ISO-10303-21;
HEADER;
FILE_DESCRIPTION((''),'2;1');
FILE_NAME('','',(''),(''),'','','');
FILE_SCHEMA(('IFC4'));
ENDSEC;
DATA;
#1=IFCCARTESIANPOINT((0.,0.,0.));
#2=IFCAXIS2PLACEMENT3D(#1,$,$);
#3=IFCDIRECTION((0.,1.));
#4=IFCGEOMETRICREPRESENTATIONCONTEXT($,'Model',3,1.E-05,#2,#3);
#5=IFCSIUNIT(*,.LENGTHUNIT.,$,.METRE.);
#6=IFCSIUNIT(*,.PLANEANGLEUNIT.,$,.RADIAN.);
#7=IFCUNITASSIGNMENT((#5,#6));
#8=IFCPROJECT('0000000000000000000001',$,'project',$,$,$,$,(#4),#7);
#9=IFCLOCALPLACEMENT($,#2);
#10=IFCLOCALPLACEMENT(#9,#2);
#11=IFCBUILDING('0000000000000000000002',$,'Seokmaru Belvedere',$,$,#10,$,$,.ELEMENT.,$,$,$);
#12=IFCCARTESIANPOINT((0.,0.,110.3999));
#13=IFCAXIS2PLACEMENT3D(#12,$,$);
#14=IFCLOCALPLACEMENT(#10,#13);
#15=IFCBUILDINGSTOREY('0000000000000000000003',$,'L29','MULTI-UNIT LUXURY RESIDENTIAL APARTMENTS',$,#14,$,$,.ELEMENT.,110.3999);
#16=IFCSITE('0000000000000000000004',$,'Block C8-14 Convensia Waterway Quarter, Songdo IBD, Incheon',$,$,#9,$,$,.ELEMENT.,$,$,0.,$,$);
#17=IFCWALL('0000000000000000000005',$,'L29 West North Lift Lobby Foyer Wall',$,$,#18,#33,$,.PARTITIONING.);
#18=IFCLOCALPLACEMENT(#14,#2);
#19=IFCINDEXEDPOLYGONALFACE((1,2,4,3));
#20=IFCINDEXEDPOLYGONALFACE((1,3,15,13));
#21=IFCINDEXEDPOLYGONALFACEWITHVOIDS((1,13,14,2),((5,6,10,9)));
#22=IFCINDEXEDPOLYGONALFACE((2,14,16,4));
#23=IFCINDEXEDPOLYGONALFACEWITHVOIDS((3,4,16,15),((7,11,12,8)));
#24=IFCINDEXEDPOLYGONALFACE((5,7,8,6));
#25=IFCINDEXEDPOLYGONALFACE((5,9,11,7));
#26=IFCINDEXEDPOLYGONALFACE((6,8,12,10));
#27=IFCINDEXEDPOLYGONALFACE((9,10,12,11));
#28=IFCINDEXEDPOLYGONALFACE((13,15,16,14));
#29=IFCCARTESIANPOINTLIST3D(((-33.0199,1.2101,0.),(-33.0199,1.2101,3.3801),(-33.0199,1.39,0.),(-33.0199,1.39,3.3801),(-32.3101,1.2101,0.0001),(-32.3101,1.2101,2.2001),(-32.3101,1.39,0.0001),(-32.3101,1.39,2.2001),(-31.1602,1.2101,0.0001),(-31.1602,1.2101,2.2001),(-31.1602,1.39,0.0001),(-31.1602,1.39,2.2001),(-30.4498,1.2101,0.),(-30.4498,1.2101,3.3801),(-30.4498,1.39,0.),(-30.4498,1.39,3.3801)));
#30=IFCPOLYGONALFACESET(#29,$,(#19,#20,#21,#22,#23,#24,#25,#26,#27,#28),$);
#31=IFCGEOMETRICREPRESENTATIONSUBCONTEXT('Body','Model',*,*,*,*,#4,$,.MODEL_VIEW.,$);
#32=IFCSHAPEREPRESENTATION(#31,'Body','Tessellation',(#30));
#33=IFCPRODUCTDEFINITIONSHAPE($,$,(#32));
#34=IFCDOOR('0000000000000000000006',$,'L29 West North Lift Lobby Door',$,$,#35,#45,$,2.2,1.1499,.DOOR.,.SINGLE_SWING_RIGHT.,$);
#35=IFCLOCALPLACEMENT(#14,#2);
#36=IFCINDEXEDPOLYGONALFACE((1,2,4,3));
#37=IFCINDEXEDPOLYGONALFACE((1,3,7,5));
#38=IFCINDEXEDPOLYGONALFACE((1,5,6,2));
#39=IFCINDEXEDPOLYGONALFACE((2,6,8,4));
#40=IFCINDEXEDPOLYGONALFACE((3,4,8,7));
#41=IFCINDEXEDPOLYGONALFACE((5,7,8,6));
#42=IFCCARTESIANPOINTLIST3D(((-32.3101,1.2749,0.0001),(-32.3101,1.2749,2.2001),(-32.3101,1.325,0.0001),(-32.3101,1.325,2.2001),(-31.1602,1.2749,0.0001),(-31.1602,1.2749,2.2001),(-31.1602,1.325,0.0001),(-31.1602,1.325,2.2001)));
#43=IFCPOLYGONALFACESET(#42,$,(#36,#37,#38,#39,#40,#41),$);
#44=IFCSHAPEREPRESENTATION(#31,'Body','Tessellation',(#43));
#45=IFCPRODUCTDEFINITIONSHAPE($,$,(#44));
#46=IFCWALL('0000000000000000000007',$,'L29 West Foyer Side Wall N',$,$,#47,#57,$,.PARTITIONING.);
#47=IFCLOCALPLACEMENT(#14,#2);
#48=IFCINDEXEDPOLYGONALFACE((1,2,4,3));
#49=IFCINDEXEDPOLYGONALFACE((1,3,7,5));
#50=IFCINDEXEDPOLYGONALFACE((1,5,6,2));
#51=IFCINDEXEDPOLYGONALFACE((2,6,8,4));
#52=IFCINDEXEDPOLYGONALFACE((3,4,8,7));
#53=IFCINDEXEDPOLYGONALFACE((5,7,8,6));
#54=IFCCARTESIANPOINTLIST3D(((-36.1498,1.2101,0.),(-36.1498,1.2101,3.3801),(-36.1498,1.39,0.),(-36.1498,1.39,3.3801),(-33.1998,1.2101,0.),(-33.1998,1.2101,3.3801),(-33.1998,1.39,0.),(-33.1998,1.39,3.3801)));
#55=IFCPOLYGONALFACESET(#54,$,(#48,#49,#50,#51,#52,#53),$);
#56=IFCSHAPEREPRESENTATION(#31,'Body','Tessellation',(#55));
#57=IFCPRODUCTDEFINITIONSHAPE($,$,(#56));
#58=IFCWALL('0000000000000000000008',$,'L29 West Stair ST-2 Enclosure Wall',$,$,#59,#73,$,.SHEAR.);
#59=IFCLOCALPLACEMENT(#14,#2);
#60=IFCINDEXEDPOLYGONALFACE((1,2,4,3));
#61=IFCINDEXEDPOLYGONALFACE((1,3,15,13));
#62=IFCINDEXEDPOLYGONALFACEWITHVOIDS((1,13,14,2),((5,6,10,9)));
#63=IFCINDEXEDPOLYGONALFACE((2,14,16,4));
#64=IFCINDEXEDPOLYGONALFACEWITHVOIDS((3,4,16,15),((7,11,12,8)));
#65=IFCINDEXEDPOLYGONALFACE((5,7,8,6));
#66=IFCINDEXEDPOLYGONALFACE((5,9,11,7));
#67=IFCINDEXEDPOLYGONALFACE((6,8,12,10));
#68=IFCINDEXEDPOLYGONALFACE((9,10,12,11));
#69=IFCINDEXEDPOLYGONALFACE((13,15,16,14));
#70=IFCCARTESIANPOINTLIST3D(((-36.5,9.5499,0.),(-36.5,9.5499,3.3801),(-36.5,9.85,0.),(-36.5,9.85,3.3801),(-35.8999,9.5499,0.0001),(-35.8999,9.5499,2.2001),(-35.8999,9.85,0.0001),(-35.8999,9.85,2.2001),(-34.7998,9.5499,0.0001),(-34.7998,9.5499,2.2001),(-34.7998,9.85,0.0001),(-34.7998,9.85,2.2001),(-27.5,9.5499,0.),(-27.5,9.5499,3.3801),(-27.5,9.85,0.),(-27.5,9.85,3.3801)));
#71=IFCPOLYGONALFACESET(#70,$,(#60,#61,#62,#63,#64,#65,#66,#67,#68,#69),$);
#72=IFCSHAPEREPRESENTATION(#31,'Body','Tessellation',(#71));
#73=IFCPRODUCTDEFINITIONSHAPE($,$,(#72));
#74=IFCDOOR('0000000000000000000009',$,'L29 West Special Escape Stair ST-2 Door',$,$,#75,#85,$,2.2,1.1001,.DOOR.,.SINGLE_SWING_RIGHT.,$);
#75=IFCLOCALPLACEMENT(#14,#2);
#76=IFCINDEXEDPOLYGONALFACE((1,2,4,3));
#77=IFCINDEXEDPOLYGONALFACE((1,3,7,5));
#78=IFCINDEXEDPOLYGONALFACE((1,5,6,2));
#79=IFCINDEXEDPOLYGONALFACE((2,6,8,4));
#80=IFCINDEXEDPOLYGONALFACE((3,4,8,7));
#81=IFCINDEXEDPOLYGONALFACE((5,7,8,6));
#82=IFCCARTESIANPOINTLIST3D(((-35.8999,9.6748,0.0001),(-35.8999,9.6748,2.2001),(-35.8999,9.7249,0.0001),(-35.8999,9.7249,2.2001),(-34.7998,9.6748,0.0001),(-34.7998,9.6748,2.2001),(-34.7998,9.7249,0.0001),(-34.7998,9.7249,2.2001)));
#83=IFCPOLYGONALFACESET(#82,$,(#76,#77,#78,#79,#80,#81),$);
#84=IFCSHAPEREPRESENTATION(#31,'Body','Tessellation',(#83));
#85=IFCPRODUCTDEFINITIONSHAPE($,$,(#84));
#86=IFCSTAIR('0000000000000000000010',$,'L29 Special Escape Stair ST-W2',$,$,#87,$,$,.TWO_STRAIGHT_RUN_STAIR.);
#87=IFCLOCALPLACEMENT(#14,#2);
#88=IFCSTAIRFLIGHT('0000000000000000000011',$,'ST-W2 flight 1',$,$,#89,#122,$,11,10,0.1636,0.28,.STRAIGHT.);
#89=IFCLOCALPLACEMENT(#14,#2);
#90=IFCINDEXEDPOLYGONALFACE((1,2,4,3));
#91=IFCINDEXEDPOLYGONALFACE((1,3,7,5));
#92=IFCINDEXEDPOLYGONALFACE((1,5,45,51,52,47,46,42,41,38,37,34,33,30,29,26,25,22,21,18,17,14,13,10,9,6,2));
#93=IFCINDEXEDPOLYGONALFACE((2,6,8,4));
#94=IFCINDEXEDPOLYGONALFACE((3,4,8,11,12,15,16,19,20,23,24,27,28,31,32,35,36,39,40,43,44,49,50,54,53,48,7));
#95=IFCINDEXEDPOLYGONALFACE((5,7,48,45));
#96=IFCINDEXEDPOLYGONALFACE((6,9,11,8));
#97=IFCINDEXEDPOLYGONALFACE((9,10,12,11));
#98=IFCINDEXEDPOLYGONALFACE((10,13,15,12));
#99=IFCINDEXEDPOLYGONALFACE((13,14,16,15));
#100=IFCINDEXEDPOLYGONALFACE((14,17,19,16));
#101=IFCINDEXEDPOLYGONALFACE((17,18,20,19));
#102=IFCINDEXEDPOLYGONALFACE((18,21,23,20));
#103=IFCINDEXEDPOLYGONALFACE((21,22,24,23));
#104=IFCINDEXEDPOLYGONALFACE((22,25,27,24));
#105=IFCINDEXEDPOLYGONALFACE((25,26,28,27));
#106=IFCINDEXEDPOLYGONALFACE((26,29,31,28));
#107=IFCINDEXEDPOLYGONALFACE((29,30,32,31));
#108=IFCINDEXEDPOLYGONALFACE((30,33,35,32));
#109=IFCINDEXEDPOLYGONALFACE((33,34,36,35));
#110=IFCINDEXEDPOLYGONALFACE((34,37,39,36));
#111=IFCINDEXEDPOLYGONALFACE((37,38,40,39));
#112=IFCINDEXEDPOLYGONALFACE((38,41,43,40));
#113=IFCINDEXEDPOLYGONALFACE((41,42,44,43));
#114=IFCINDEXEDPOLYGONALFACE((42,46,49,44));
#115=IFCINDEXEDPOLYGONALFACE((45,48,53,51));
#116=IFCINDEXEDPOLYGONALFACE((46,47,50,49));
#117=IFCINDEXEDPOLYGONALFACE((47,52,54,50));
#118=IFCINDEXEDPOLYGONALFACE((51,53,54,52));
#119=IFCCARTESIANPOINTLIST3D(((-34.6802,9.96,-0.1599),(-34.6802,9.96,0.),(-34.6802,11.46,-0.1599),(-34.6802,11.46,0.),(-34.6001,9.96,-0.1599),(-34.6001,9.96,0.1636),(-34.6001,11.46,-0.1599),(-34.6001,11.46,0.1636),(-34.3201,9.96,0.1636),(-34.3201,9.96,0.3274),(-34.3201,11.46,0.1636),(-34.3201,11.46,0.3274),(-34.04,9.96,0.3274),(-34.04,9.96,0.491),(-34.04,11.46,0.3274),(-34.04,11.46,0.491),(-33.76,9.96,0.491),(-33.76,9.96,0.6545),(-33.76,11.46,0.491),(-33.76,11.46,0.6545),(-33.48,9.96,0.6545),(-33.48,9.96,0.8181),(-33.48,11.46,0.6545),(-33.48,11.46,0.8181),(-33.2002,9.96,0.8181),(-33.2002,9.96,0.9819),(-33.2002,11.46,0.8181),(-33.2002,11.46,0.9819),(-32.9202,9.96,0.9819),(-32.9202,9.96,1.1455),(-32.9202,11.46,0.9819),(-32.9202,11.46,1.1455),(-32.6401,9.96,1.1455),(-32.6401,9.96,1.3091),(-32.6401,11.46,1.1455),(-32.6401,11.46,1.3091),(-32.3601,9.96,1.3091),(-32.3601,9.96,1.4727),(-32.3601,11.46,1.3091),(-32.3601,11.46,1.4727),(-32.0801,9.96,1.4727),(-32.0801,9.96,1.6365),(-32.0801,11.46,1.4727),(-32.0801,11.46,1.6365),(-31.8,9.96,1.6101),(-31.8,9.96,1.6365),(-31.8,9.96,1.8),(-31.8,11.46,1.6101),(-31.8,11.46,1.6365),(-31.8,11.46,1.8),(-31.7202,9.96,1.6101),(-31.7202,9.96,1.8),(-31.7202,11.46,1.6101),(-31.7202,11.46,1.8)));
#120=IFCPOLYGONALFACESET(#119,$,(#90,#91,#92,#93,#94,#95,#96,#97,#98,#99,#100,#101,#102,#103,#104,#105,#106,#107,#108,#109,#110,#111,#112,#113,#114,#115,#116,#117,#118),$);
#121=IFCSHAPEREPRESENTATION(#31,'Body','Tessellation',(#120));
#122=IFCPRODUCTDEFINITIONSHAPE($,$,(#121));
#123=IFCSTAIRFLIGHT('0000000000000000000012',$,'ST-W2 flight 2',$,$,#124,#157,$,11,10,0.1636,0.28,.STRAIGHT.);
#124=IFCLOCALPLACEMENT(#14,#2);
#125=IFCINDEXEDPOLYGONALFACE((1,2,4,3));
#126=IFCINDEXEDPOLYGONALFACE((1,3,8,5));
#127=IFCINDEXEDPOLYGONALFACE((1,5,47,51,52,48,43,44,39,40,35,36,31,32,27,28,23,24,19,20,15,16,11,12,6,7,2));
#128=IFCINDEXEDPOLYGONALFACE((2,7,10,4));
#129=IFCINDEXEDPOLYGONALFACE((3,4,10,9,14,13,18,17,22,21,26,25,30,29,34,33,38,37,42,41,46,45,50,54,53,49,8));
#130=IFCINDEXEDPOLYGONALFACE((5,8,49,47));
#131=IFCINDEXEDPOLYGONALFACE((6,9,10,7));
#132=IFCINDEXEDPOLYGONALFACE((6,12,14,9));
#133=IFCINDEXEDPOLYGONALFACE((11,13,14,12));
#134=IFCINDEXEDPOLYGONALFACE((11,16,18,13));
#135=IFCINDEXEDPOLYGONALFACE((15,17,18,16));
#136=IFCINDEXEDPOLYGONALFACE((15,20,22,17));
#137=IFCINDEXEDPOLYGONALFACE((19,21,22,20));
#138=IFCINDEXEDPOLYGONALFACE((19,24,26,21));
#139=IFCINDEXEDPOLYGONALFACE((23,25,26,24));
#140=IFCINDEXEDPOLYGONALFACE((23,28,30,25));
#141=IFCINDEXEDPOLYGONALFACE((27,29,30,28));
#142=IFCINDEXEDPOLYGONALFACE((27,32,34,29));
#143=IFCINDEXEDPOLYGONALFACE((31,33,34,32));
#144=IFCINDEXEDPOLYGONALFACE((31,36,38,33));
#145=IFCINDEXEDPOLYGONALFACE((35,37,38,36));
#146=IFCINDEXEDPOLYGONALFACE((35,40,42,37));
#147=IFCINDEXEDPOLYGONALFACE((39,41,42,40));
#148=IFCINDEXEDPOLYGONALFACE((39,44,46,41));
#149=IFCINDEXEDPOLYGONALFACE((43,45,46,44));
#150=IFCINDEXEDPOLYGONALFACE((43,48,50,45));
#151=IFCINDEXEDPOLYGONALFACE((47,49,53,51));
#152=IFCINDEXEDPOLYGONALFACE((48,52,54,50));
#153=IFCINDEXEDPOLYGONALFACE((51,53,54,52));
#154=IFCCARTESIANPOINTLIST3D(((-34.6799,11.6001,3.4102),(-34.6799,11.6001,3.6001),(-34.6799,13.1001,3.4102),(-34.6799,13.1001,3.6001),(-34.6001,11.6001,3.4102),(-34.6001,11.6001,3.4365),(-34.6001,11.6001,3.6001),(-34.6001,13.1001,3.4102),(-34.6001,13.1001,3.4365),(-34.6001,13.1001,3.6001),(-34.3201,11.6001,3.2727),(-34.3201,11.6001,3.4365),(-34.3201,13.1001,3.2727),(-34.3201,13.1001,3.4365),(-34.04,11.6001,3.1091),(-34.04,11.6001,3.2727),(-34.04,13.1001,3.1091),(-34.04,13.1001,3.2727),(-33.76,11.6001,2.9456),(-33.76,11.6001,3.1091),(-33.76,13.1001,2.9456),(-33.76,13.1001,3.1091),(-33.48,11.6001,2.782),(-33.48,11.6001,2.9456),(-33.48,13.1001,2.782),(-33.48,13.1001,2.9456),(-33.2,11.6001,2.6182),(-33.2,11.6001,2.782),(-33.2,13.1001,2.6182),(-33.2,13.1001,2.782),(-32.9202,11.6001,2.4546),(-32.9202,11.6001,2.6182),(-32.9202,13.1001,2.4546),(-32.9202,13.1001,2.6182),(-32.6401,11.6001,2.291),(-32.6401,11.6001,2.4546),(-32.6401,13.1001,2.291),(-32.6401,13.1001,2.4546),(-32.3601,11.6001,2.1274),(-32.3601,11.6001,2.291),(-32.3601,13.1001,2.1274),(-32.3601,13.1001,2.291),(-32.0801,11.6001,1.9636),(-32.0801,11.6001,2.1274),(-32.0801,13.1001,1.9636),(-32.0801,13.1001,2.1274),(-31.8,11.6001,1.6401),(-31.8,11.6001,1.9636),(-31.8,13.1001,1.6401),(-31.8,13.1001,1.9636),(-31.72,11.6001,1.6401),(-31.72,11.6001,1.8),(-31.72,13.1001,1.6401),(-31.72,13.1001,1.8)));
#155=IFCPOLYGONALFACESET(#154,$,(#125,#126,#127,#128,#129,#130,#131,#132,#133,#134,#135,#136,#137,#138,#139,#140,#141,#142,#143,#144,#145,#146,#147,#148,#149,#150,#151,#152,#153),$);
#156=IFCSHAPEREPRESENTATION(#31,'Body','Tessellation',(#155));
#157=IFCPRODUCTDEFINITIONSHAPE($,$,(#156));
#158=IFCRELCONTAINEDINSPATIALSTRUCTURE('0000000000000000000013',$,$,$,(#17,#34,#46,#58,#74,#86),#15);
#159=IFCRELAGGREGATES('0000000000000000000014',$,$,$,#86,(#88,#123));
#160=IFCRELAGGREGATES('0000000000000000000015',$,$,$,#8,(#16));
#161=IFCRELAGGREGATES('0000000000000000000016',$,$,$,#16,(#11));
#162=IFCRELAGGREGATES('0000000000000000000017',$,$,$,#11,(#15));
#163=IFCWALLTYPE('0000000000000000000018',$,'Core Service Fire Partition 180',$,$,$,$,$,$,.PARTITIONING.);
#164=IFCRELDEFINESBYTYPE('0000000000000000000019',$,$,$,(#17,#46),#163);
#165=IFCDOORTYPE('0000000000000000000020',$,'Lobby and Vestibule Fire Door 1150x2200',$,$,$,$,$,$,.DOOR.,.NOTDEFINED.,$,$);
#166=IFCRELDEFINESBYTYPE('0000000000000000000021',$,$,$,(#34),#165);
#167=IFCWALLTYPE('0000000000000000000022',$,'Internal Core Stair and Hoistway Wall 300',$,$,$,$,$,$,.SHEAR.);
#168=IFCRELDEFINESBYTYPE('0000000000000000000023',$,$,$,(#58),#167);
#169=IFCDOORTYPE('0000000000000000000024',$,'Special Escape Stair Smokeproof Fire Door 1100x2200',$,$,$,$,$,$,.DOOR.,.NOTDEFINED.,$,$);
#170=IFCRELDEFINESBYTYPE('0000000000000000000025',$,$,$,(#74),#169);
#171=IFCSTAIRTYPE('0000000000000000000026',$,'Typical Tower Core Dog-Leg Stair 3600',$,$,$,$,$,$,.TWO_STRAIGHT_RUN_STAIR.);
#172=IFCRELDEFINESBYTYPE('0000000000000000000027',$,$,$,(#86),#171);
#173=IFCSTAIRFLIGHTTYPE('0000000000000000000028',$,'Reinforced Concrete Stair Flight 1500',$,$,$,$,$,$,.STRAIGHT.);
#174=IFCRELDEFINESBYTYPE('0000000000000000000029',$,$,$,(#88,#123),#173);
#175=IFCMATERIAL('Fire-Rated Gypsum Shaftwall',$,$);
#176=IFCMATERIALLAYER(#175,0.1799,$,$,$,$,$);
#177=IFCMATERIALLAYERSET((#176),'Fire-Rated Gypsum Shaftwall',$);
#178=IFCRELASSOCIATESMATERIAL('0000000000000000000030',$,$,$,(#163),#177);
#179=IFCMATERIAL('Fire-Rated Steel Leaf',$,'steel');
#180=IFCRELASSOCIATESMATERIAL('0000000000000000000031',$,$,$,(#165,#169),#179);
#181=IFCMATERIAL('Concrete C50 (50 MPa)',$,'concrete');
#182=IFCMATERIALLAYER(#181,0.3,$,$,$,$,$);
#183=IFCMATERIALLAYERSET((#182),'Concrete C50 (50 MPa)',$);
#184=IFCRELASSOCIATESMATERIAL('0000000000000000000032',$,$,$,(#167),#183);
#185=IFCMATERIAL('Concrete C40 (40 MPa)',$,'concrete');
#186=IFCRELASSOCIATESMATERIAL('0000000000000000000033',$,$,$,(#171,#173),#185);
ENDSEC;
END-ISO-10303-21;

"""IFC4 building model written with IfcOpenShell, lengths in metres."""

from ifc_helpers import new_model, si_unit, direction, frame, frame_2d, origin, place, context, subcontext, project, spatial, polyline, rectangle, outline, extrude, source, transform, mapped, material, layer, layer_set, type_object, type_shapes, element, fill, aggregate, save


model = new_model("IFC4")

# Units and contexts
model_context = context("Model", 3, precision=1e-05, world=origin(), true_north=direction((0.0, 1.0)))
body_context = subcontext(model_context, "Body", "Model", "MODEL_VIEW")
ifc_project = project(units=[si_unit("LENGTHUNIT", "METRE"), si_unit("PLANEANGLEUNIT", "RADIAN")], contexts=[model_context])

# Site, building, storey
site_placement = place(None, origin())
site = spatial("IfcSite", under=ifc_project, at=site_placement, Name="Block C8-14 Convensia Waterway Quarter, Songdo IBD, Incheon", CompositionType="ELEMENT", RefElevation=0.0)
building_placement = place(site_placement, origin())
building = spatial("IfcBuilding", under=site, at=building_placement, Name="Seokmaru Belvedere", CompositionType="ELEMENT")
storey_placement = place(building_placement, frame((0.0, 0.0, 110.3999)))
storey = spatial("IfcBuildingStorey", under=building, at=storey_placement, Name="L29", Description="MULTI-UNIT LUXURY RESIDENTIAL APARTMENTS", CompositionType="ELEMENT", Elevation=110.3999)

# Shared definitions
ifc_material_1 = material(Name="Fire-Rated Gypsum Shaftwall")
ifc_layer_1 = layer(ifc_material_1, 0.1799)
ifc_layer_set_1 = layer_set([ifc_layer_1], Name="Fire-Rated Gypsum Shaftwall")
wall_type_1 = type_object("IfcWallType", Name="Core Service Fire Partition 180", PredefinedType="PARTITIONING", material=ifc_layer_set_1)

# Wall, opening, door
wall_1_placement = place(storey_placement, frame((-33.02, 1.3, 0.0), z_axis=(0.0, 0.0, 1.0), x_axis=(1.0, 0.0, 0.0)))
wall_1 = element("IfcWall", 1, at=wall_1_placement, inside=storey, type_object=wall_type_1, Name="L29 West North Lift Lobby Foyer Wall", PredefinedType="PARTITIONING", context=body_context, shape_type="SweptSolid", body=[
    extrude(rectangle(XDim=2.5701, YDim=0.1799, at=frame_2d((1.2852, 0.0))), origin(), (0.0, 0.0, 1.0), 3.3801),
])
opening_1_placement = place(wall_1_placement, frame((0.71, 0.0, 0.0)))
opening_1 = element("IfcOpeningElement", 2, at=opening_1_placement, cuts=wall_1, PredefinedType="OPENING", context=body_context, shape_type="SweptSolid", body=[
    extrude(rectangle(XDim=1.1499, YDim=2.2, at=frame_2d((0.575, 1.1001))), frame((0.0, 0.1001, 0.0), z_axis=(0.0, -1.0, 0.0), x_axis=(1.0, 0.0, 0.0)), (0.0, 0.0, 1.0), 0.2),
])
ifc_material_2 = material(Name="Fire-Rated Steel Leaf", Category="steel")
door_type_1 = type_object("IfcDoorType", Name="Lobby and Vestibule Fire Door 1150x2200", OperationType="NOTDEFINED", PredefinedType="DOOR", material=ifc_material_2)
shared_shape_1 = source(origin(), body_context, "Body", "SweptSolid", [
    extrude(rectangle(XDim=1.1499, YDim=2.2, at=frame_2d((0.575, 1.1001))), frame((0.0, 0.0249, 0.0), z_axis=(0.0, -1.0, 0.0), x_axis=(1.0, 0.0, 0.0)), (0.0, 0.0, 1.0), 0.05),
])
type_shapes(door_type_1, [shared_shape_1])
door_1_placement = place(opening_1_placement, origin())
door_1 = element("IfcDoor", 3, at=door_1_placement, inside=storey, type_object=door_type_1, Name="L29 West North Lift Lobby Door", OperationType="SINGLE_SWING_RIGHT", OverallHeight=2.2, OverallWidth=1.1499, PredefinedType="DOOR", context=body_context, shape_type="MappedRepresentation", body=[
    mapped(shared_shape_1, transform((0.0, 0.0, 0.0), scale=1.0)),
])
fill(opening_1, door_1)

# Wall
wall_2_placement = place(storey_placement, frame((-36.1499, 1.3, 0.0), z_axis=(0.0, 0.0, 1.0), x_axis=(1.0, 0.0, 0.0)))
element("IfcWall", 4, at=wall_2_placement, inside=storey, type_object=wall_type_1, Name="L29 West Foyer Side Wall N", PredefinedType="PARTITIONING", context=body_context, shape_type="SweptSolid", body=[
    extrude(rectangle(XDim=2.95, YDim=0.1799, at=frame_2d((1.4751, 0.0))), origin(), (0.0, 0.0, 1.0), 3.3801),
])

# Wall, opening, door
ifc_material_3 = material(Name="Concrete C50 (50 MPa)", Category="concrete")
ifc_layer_2 = layer(ifc_material_3, 0.3)
ifc_layer_set_2 = layer_set([ifc_layer_2], Name="Concrete C50 (50 MPa)")
wall_type_2 = type_object("IfcWallType", Name="Internal Core Stair and Hoistway Wall 300", PredefinedType="SHEAR", material=ifc_layer_set_2)
wall_3_placement = place(storey_placement, frame((-36.5, 9.7, 0.0), z_axis=(0.0, 0.0, 1.0), x_axis=(1.0, 0.0, 0.0)))
wall_3 = element("IfcWall", 5, at=wall_3_placement, inside=storey, type_object=wall_type_2, Name="L29 West Stair ST-2 Enclosure Wall", PredefinedType="SHEAR", context=body_context, shape_type="SweptSolid", body=[
    extrude(rectangle(XDim=9.0, YDim=0.3, at=frame_2d((4.5, 0.0))), origin(), (0.0, 0.0, 1.0), 3.3801),
])
opening_2_placement = place(wall_3_placement, frame((0.6001, 0.0, 0.0)))
opening_2 = element("IfcOpeningElement", 6, at=opening_2_placement, cuts=wall_3, PredefinedType="OPENING", context=body_context, shape_type="SweptSolid", body=[
    extrude(rectangle(XDim=1.1001, YDim=2.2, at=frame_2d((0.55, 1.1001))), frame((0.0, 0.1602, 0.0), z_axis=(0.0, -1.0, 0.0), x_axis=(1.0, 0.0, 0.0)), (0.0, 0.0, 1.0), 0.3201),
])
door_type_2 = type_object("IfcDoorType", Name="Special Escape Stair Smokeproof Fire Door 1100x2200", OperationType="NOTDEFINED", PredefinedType="DOOR", material=ifc_material_2)
shared_shape_2 = source(origin(), body_context, "Body", "SweptSolid", [
    extrude(rectangle(XDim=1.1001, YDim=2.2, at=frame_2d((0.55, 1.1001))), frame((0.0, 0.0249, 0.0), z_axis=(0.0, -1.0, 0.0), x_axis=(1.0, 0.0, 0.0)), (0.0, 0.0, 1.0), 0.05),
])
type_shapes(door_type_2, [shared_shape_2])
door_2_placement = place(opening_2_placement, origin())
door_2 = element("IfcDoor", 7, at=door_2_placement, inside=storey, type_object=door_type_2, Name="L29 West Special Escape Stair ST-2 Door", OperationType="SINGLE_SWING_RIGHT", OverallHeight=2.2, OverallWidth=1.1001, PredefinedType="DOOR", context=body_context, shape_type="MappedRepresentation", body=[
    mapped(shared_shape_2, transform((0.0, 0.0, 0.0), scale=1.0)),
])
fill(opening_2, door_2)

# Stair, stair flights
ifc_material_4 = material(Name="Concrete C40 (40 MPa)", Category="concrete")
stair_type = type_object("IfcStairType", Name="Typical Tower Core Dog-Leg Stair 3600", PredefinedType="TWO_STRAIGHT_RUN_STAIR", material=ifc_material_4)
stair_placement = place(storey_placement, origin())
stair = element("IfcStair", 8, at=stair_placement, inside=storey, type_object=stair_type, Name="L29 Special Escape Stair ST-W2", PredefinedType="TWO_STRAIGHT_RUN_STAIR")
stair_flight_type = type_object("IfcStairFlightType", Name="Reinforced Concrete Stair Flight 1500", PredefinedType="STRAIGHT", material=ifc_material_4)
stair_flight_1_placement = place(storey_placement, frame((-34.6001, 10.71, 0.0), z_axis=(0.0, 0.0, 1.0), x_axis=(1.0, 0.0, 0.0)))
stair_flight_1 = element("IfcStairFlight", 9, at=stair_flight_1_placement, type_object=stair_flight_type, Name="ST-W2 flight 1", NumberOfRisers=11, NumberOfTreads=10, PredefinedType="STRAIGHT", RiserHeight=0.1636, TreadLength=0.28, context=body_context, shape_type="SweptSolid", body=[
    extrude(outline(polyline([(-0.0801, 0.0), (0.0, 0.1636), (0.28, 0.1636), (0.28, 0.3274), (0.5601, 0.3274), (0.5601, 0.491), (0.8401, 0.491), (0.8401, 0.6545), (1.1201, 0.6545), (1.1201, 0.8181), (1.3999, 0.8181), (1.3999, 0.9819), (1.6799, 0.9819), (1.6799, 1.1455), (1.96, 1.1455), (1.96, 1.3091), (2.24, 1.3091), (2.24, 1.4727), (2.52, 1.4727), (2.52, 1.6365), (2.8, 1.6365), (2.8, 1.8), (2.8799, 1.8), (2.8799, 1.6101), (2.8, 1.6101), (0.0, -0.1599), (-0.0801, -0.1599), (-0.0801, 0.0)])), frame((0.0, 0.75, 0.0), z_axis=(0.0, -1.0, 0.0), x_axis=(1.0, 0.0, 0.0)), (0.0, 0.0, 1.0), 1.5),
])
stair_flight_2_placement = place(storey_placement, frame((-31.8, 12.3501, 1.8), z_axis=(0.0, 0.0, 1.0), x_axis=(-1.0, 0.0, 0.0)))
stair_flight_2 = element("IfcStairFlight", 10, at=stair_flight_2_placement, type_object=stair_flight_type, Name="ST-W2 flight 2", NumberOfRisers=11, NumberOfTreads=10, PredefinedType="STRAIGHT", RiserHeight=0.1636, TreadLength=0.28, context=body_context, shape_type="SweptSolid", body=[
    extrude(outline(polyline([(-0.0801, 0.0), (0.0, 0.1636), (0.28, 0.1636), (0.28, 0.3274), (0.5601, 0.3274), (0.5601, 0.491), (0.8401, 0.491), (0.8401, 0.6545), (1.1201, 0.6545), (1.1201, 0.8181), (1.3999, 0.8181), (1.3999, 0.9819), (1.6799, 0.9819), (1.6799, 1.1455), (1.96, 1.1455), (1.96, 1.3091), (2.24, 1.3091), (2.24, 1.4727), (2.52, 1.4727), (2.52, 1.6365), (2.8, 1.6365), (2.8, 1.8), (2.8799, 1.8), (2.8799, 1.6101), (2.8, 1.6101), (0.0, -0.1599), (-0.0801, -0.1599), (-0.0801, 0.0)])), frame((0.0, 0.75, 0.0), z_axis=(0.0, -1.0, 0.0), x_axis=(1.0, 0.0, 0.0)), (0.0, 0.0, 1.0), 1.5),
])
aggregate(stair, [stair_flight_1, stair_flight_2])

save(model, "model.ifc")
